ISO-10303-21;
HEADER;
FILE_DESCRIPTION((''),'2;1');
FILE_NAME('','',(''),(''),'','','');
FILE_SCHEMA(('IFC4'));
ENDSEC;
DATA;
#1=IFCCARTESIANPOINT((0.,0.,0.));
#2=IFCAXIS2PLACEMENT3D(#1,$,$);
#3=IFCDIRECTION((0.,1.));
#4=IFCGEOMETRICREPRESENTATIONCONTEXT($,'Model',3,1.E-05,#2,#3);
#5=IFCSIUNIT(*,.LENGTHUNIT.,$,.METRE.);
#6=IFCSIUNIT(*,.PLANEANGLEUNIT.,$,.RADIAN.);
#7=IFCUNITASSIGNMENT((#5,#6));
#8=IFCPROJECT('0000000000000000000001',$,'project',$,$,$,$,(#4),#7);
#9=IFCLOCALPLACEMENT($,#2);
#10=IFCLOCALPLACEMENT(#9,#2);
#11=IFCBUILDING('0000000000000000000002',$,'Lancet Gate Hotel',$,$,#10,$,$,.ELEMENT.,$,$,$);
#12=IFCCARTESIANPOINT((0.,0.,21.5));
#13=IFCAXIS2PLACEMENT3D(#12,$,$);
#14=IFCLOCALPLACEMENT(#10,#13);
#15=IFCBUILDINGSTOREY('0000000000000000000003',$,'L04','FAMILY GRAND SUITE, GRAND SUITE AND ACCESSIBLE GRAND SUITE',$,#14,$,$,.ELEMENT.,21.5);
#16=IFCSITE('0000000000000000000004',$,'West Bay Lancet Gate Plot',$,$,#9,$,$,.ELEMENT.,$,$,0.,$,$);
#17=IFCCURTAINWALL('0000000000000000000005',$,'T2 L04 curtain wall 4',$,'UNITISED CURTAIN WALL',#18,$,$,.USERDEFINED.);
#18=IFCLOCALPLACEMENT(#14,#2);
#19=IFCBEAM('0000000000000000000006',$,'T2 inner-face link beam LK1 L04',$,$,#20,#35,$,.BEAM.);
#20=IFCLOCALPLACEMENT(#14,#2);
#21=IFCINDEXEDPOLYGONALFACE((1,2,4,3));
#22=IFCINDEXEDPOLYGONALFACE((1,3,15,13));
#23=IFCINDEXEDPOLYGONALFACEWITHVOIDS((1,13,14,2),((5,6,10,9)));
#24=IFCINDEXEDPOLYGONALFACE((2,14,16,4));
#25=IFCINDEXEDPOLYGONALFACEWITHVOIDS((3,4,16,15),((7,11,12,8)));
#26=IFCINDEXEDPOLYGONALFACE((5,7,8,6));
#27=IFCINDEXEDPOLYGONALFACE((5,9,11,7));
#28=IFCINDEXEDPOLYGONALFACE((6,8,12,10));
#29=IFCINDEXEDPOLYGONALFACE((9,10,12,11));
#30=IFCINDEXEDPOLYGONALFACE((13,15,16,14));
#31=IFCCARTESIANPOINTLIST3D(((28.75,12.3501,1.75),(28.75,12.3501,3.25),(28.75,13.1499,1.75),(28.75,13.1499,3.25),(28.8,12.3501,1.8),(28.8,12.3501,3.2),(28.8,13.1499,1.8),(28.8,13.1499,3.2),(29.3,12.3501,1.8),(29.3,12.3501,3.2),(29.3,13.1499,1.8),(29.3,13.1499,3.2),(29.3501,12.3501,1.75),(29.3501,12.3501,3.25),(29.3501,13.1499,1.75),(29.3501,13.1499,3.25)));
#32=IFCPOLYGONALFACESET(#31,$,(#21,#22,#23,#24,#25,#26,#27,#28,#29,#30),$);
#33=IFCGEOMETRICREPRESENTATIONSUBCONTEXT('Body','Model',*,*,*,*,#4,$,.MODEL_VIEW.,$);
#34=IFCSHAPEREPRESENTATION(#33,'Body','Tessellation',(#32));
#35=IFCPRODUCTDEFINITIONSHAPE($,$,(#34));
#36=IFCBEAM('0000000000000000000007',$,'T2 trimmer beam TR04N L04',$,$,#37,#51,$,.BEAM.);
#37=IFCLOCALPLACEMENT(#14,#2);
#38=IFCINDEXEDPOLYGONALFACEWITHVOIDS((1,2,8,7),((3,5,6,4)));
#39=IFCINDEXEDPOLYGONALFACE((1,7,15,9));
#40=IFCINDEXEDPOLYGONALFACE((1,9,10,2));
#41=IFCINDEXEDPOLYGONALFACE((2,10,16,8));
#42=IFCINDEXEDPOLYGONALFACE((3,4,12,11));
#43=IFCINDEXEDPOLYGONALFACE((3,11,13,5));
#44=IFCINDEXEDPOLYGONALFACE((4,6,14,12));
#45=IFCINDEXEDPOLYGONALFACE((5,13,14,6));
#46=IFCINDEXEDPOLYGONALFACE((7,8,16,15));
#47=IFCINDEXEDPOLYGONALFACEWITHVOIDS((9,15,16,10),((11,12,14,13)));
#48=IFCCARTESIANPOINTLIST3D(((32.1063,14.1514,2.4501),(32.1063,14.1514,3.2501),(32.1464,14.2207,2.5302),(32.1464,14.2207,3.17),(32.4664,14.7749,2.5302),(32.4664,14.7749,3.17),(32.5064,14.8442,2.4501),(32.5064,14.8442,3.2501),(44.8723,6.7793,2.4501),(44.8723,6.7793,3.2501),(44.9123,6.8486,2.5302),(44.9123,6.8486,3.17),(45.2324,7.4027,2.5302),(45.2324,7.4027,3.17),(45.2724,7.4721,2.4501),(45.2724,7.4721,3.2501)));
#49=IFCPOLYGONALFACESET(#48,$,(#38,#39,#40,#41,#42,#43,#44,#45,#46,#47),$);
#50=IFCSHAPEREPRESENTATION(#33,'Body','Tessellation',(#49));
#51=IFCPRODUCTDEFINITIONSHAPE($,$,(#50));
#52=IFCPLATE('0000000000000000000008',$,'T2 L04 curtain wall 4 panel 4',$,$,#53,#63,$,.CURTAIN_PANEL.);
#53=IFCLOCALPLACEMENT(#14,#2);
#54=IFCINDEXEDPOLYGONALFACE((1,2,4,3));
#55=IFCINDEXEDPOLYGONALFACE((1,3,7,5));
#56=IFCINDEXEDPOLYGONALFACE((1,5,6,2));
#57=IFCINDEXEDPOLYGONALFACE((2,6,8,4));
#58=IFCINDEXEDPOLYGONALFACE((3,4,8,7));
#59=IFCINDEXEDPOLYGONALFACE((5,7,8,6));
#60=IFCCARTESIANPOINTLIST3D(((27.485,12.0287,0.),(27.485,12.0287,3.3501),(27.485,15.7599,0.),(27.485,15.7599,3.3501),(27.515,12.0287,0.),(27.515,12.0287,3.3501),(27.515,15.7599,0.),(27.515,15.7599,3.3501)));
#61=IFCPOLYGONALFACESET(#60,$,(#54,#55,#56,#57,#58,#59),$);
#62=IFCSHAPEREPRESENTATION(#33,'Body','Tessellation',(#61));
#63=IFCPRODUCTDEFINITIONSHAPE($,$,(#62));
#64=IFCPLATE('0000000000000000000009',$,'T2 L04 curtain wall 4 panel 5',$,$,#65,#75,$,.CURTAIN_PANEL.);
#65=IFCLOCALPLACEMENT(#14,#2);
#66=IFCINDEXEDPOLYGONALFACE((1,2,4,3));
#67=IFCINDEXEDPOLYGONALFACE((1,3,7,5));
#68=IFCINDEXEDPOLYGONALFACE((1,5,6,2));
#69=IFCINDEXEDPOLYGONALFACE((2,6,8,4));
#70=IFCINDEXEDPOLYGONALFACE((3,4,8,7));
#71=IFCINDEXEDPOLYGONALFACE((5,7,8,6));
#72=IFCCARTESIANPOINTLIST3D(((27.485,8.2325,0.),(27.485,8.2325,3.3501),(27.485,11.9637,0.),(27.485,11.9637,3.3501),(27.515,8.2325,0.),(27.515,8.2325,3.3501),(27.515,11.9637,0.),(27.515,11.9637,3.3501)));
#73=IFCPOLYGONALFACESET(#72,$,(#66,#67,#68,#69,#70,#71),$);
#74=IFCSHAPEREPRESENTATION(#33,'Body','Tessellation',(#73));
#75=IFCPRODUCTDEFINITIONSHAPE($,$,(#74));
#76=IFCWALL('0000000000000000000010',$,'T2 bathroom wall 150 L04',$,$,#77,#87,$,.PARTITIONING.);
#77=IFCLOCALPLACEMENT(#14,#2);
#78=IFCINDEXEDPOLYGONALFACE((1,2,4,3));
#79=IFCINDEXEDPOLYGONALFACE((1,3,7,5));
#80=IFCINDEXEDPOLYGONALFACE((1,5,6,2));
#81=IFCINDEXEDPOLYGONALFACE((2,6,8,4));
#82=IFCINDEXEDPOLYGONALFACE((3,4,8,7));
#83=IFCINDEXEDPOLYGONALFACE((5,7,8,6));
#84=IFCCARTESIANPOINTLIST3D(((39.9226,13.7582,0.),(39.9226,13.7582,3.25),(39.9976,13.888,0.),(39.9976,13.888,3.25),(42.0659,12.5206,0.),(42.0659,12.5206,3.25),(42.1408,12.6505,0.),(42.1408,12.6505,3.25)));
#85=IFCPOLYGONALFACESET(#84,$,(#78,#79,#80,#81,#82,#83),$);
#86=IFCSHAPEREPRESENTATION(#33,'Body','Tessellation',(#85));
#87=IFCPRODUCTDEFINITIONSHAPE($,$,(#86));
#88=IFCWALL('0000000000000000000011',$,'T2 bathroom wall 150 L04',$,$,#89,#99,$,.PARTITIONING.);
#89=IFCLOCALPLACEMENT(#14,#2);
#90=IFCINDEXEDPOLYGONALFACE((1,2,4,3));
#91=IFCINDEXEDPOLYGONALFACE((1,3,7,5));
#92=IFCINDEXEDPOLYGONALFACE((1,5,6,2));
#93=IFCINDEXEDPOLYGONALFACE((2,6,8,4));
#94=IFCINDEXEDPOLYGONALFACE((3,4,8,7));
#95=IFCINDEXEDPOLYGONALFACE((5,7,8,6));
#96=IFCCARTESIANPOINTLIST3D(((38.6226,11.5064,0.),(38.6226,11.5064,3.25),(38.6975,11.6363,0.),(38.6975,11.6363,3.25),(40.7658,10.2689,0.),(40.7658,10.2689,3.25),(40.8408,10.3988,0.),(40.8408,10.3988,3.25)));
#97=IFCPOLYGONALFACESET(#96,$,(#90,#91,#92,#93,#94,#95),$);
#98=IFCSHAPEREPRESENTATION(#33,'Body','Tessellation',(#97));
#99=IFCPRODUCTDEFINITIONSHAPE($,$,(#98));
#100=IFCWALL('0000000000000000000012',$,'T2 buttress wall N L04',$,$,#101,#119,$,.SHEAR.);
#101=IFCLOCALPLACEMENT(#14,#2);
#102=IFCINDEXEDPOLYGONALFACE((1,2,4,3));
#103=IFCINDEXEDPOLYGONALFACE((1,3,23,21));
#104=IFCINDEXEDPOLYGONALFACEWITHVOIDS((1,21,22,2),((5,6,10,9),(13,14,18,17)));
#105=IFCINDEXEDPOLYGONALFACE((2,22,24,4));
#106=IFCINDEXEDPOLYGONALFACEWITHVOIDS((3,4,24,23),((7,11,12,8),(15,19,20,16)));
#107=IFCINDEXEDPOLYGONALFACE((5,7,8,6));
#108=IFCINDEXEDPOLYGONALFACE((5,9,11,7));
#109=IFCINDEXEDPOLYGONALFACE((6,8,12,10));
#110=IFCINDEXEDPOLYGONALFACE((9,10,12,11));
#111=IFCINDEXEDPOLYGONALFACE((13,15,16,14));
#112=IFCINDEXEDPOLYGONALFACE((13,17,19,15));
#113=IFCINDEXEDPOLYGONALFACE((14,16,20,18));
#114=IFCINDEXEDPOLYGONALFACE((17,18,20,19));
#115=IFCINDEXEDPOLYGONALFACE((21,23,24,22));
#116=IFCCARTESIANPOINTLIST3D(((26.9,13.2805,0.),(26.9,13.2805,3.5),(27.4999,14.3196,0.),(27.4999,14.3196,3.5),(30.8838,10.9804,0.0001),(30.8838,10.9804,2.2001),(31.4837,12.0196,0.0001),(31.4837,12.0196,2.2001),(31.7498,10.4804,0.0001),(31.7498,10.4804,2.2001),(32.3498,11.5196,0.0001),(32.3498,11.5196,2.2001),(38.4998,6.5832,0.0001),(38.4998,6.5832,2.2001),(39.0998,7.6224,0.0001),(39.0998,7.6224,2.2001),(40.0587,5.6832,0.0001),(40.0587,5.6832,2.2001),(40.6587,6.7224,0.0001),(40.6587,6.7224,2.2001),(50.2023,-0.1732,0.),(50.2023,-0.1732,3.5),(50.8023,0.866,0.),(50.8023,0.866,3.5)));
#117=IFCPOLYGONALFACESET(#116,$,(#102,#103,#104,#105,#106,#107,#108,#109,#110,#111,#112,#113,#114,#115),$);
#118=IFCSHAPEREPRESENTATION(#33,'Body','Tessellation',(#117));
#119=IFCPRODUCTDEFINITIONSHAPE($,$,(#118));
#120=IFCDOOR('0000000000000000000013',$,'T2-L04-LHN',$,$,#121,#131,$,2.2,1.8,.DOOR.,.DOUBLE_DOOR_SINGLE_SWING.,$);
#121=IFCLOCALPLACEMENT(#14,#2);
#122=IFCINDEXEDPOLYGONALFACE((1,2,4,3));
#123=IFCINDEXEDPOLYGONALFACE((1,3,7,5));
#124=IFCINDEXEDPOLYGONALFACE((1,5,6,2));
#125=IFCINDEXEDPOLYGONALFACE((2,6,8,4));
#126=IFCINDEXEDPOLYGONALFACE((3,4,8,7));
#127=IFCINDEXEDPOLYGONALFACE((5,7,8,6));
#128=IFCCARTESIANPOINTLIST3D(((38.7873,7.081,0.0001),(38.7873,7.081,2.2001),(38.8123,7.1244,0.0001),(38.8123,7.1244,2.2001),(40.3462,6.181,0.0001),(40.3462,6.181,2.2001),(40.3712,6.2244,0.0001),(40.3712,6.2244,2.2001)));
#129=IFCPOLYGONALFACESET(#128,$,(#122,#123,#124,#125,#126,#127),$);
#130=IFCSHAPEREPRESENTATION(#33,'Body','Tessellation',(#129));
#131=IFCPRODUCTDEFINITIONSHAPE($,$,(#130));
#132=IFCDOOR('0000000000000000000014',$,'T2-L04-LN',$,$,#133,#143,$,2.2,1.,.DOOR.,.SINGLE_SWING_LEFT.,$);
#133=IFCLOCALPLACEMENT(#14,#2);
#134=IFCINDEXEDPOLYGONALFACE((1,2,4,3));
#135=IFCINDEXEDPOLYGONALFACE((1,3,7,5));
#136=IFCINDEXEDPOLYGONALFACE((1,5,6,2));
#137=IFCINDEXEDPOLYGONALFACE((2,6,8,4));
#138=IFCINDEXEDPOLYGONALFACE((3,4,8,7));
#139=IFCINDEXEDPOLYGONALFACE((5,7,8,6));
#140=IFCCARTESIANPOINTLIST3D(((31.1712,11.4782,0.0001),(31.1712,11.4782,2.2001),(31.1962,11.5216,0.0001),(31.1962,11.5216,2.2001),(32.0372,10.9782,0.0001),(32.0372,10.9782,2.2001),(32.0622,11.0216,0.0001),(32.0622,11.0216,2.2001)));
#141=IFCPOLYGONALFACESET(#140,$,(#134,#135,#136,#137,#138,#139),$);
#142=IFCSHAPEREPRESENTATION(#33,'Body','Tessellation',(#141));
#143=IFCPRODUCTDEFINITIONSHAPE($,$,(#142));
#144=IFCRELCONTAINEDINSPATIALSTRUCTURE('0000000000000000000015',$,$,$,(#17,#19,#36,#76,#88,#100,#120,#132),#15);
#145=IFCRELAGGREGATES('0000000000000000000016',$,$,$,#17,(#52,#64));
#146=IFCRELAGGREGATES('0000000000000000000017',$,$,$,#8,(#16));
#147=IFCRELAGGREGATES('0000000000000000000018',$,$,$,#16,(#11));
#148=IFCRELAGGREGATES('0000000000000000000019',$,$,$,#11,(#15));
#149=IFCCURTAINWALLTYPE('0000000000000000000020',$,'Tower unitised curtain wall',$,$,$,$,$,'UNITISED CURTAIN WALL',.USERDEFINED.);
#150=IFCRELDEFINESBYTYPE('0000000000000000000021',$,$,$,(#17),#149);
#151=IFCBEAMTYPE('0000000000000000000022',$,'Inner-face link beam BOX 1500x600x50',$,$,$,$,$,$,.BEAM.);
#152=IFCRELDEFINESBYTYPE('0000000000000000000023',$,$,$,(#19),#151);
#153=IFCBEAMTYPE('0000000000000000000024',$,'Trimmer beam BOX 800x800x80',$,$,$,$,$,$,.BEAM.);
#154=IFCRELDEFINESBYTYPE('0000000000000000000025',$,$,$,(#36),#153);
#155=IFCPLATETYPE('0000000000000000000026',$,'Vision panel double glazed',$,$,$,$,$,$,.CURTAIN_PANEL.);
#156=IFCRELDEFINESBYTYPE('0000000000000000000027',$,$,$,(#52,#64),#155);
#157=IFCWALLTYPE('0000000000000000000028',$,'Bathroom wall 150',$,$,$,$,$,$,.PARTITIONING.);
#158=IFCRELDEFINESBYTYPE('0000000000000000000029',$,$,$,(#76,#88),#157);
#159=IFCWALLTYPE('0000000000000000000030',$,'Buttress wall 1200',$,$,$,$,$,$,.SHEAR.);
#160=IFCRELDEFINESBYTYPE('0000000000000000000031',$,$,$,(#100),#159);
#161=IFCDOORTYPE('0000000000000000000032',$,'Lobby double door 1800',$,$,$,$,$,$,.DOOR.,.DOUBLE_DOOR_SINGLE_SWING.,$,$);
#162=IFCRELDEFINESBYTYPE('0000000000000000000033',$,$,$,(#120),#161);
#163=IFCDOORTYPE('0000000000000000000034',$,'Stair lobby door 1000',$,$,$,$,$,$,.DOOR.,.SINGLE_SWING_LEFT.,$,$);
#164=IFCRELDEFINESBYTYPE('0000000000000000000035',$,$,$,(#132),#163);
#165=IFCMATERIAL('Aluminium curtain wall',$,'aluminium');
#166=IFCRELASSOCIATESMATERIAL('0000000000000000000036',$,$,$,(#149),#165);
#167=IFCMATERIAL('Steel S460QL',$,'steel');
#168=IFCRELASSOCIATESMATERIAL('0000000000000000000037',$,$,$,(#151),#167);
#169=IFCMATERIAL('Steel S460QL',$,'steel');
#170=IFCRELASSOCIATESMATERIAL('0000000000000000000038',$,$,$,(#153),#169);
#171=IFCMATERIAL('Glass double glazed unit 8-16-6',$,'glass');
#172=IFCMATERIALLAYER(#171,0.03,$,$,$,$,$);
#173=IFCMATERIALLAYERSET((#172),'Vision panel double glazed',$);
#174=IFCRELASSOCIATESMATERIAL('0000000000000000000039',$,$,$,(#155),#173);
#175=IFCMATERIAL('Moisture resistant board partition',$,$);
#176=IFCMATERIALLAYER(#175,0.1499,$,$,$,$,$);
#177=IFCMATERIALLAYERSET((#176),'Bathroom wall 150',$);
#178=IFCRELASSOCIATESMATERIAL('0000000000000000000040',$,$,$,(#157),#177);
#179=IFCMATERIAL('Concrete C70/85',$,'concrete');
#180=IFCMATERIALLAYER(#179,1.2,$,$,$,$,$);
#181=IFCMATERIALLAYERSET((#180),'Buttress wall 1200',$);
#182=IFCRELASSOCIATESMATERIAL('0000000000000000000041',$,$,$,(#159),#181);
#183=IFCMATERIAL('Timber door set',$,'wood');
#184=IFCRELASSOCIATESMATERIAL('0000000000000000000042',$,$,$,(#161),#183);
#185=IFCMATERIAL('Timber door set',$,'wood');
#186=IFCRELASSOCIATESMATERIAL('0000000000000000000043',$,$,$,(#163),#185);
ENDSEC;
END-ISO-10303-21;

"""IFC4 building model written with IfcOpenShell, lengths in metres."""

from ifc_helpers import new_model, si_unit, direction, frame, frame_2d, origin, origin_2d, place, context, subcontext, project, spatial, rectangle, hollow_rectangle, extrude, material, layer, layer_set, material_profile, profile_set, type_object, element, fill, aggregate, save


model = new_model("IFC4")

# Units and contexts
model_context = context("Model", 3, precision=1e-05, world=origin(), true_north=direction((0.0, 1.0)))
body_context = subcontext(model_context, "Body", "Model", "MODEL_VIEW")
ifc_project = project(units=[si_unit("LENGTHUNIT", "METRE"), si_unit("PLANEANGLEUNIT", "RADIAN")], contexts=[model_context])

# Site, building, storey
site_placement = place(None, origin())
site = spatial("IfcSite", under=ifc_project, at=site_placement, Name="West Bay Lancet Gate Plot", CompositionType="ELEMENT", RefElevation=0.0)
building_placement = place(site_placement, origin())
building = spatial("IfcBuilding", under=site, at=building_placement, Name="Lancet Gate Hotel", CompositionType="ELEMENT")
storey_placement = place(building_placement, frame((0.0, 0.0, 21.5)))
storey = spatial("IfcBuildingStorey", under=building, at=storey_placement, Name="L04", Description="FAMILY GRAND SUITE, GRAND SUITE AND ACCESSIBLE GRAND SUITE", CompositionType="ELEMENT", Elevation=21.5)

# Curtain wall
ifc_material_1 = material(Name="Aluminium curtain wall", Category="aluminium")
curtain_wall_type = type_object("IfcCurtainWallType", Name="Tower unitised curtain wall", ElementType="UNITISED CURTAIN WALL", PredefinedType="USERDEFINED", material=ifc_material_1)
curtain_wall_placement = place(storey_placement, origin())
curtain_wall = element("IfcCurtainWall", 1, at=curtain_wall_placement, inside=storey, type_object=curtain_wall_type, Name="T2 L04 curtain wall 4", ObjectType="UNITISED CURTAIN WALL", PredefinedType="USERDEFINED")

# Beams
ifc_material_2 = material(Name="Steel S460QL", Category="steel")
ifc_material_profile_1 = material_profile(ifc_material_2, hollow_rectangle(XDim=0.6001, YDim=1.5, WallThickness=0.05, at=origin_2d()), Name="BOX 1500x600x50")
ifc_profile_set_1 = profile_set([ifc_material_profile_1], Name="Steel S460QL")
beam_type_1 = type_object("IfcBeamType", Name="Inner-face link beam BOX 1500x600x50", PredefinedType="BEAM", material=ifc_profile_set_1)
beam_1_placement = place(storey_placement, frame((29.05, 12.3501, 2.5), z_axis=(0.0, 1.0, 0.0), x_axis=(-1.0, 0.0, 0.0)))
element("IfcBeam", 2, at=beam_1_placement, inside=storey, type_object=beam_type_1, Name="T2 inner-face link beam LK1 L04", PredefinedType="BEAM", context=body_context, shape_type="SweptSolid", body=[
    extrude(hollow_rectangle(XDim=0.6001, YDim=1.5, WallThickness=0.05, at=origin_2d()), origin(), (0.0, 0.0, 1.0), 0.7998),
])
ifc_material_3 = material(Name="Steel S460QL", Category="steel")
ifc_material_profile_2 = material_profile(ifc_material_3, hollow_rectangle(XDim=0.8, YDim=0.8, WallThickness=0.0801, at=origin_2d()), Name="BOX 800x800x80")
ifc_profile_set_2 = profile_set([ifc_material_profile_2], Name="Steel S460QL")
beam_type_2 = type_object("IfcBeamType", Name="Trimmer beam BOX 800x800x80", PredefinedType="BEAM", material=ifc_profile_set_2)
beam_2_placement = place(storey_placement, frame((32.3064, 14.4978, 2.8501), z_axis=(0.865976, -0.500086, 0.0), x_axis=(0.500086, 0.865976, 0.0)))
element("IfcBeam", 3, at=beam_2_placement, inside=storey, type_object=beam_type_2, Name="T2 trimmer beam TR04N L04", PredefinedType="BEAM", context=body_context, shape_type="SweptSolid", body=[
    extrude(hollow_rectangle(XDim=0.8, YDim=0.8, WallThickness=0.0801, at=origin_2d()), origin(), (0.0, 0.0, 1.0), 14.7417),
])

# Plates
ifc_material_4 = material(Name="Glass double glazed unit 8-16-6", Category="glass")
ifc_layer_1 = layer(ifc_material_4, 0.03)
ifc_layer_set_1 = layer_set([ifc_layer_1], Name="Vision panel double glazed")
plate_type = type_object("IfcPlateType", Name="Vision panel double glazed", PredefinedType="CURTAIN_PANEL", material=ifc_layer_set_1)
plate_1_placement = place(storey_placement, frame((27.5, 13.8943, 0.0), z_axis=(0.0, 0.0, 1.0), x_axis=(0.0, -1.0, 0.0)))
plate_1 = element("IfcPlate", 4, at=plate_1_placement, type_object=plate_type, Name="T2 L04 curtain wall 4 panel 4", PredefinedType="CURTAIN_PANEL", context=body_context, shape_type="SweptSolid", body=[
    extrude(rectangle(XDim=3.7312, YDim=0.03, at=origin_2d()), origin(), (0.0, 0.0, 1.0), 3.3501),
])
plate_2_placement = place(storey_placement, frame((27.5, 10.0981, 0.0), z_axis=(0.0, 0.0, 1.0), x_axis=(0.0, -1.0, 0.0)))
plate_2 = element("IfcPlate", 5, at=plate_2_placement, type_object=plate_type, Name="T2 L04 curtain wall 4 panel 5", PredefinedType="CURTAIN_PANEL", context=body_context, shape_type="SweptSolid", body=[
    extrude(rectangle(XDim=3.7312, YDim=0.03, at=origin_2d()), origin(), (0.0, 0.0, 1.0), 3.3501),
])
aggregate(curtain_wall, [plate_1, plate_2])

# Walls
ifc_material_5 = material(Name="Moisture resistant board partition")
ifc_layer_2 = layer(ifc_material_5, 0.1499)
ifc_layer_set_2 = layer_set([ifc_layer_2], Name="Bathroom wall 150")
wall_type_1 = type_object("IfcWallType", Name="Bathroom wall 150", PredefinedType="PARTITIONING", material=ifc_layer_set_2)
for number, where, z_axis, x_axis, name in (
    (6, (39.9602, 13.823, 0.0), (0.0, 0.0, 1.0), (0.866007, -0.500033, 0.0), "T2 bathroom wall 150 L04"),
    (7, (38.6602, 11.5713, 0.0), (0.0, 0.0, 1.0), (0.866007, -0.500033, 0.0), "T2 bathroom wall 150 L04"),
):
    element("IfcWall", number, at=place(storey_placement, frame(where, z_axis=z_axis, x_axis=x_axis)), inside=storey, type_object=wall_type_1, Name=name, PredefinedType="PARTITIONING", context=body_context, shape_type="SweptSolid", body=[
        extrude(rectangle(XDim=2.4749, YDim=0.1499, at=frame_2d((1.2373, 0.0))), origin(), (0.0, 0.0, 1.0), 3.25),
    ])

# Wall, openings, doors
ifc_material_6 = material(Name="Concrete C70/85", Category="concrete")
ifc_layer_3 = layer(ifc_material_6, 1.2)
ifc_layer_set_3 = layer_set([ifc_layer_3], Name="Buttress wall 1200")
wall_type_2 = type_object("IfcWallType", Name="Buttress wall 1200", PredefinedType="SHEAR", material=ifc_layer_set_3)
wall_1_placement = place(storey_placement, frame((27.2, 13.8, 0.0), z_axis=(0.0, 0.0, 1.0), x_axis=(0.866025, -0.500002, 0.0)))
wall_1 = element("IfcWall", 8, at=wall_1_placement, inside=storey, type_object=wall_type_2, Name="T2 buttress wall N L04", PredefinedType="SHEAR", context=body_context, shape_type="SweptSolid", body=[
    extrude(rectangle(XDim=26.9072, YDim=1.2, at=frame_2d((13.4536, 0.0))), origin(), (0.0, 0.0, 1.0), 3.5),
])
opening_1_placement = place(wall_1_placement, frame((4.6001, 0.0, 0.0)))
opening_1 = element("IfcOpeningElement", 9, at=opening_1_placement, cuts=wall_1, PredefinedType="OPENING", context=body_context, shape_type="SweptSolid", body=[
    extrude(rectangle(XDim=1.0, YDim=2.2, at=frame_2d((0.5, 1.1001))), frame((0.0, 0.6099, 0.0), z_axis=(0.0, -1.0, 0.0), x_axis=(1.0, 0.0, 0.0)), (0.0, 0.0, 1.0), 1.22),
])
opening_2_placement = place(wall_1_placement, frame((13.3945, 0.0, 0.0)))
opening_2 = element("IfcOpeningElement", 10, at=opening_2_placement, cuts=wall_1, PredefinedType="OPENING", context=body_context, shape_type="SweptSolid", body=[
    extrude(rectangle(XDim=1.8, YDim=2.2, at=frame_2d((0.8999, 1.1001))), frame((0.0, 0.6099, 0.0), z_axis=(0.0, -1.0, 0.0), x_axis=(1.0, 0.0, 0.0)), (0.0, 0.0, 1.0), 1.22),
])
ifc_material_7 = material(Name="Timber door set", Category="wood")
door_type_1 = type_object("IfcDoorType", Name="Lobby double door 1800", OperationType="DOUBLE_DOOR_SINGLE_SWING", PredefinedType="DOOR", material=ifc_material_7)
door_1_placement = place(opening_2_placement, origin())
door_1 = element("IfcDoor", 11, at=door_1_placement, inside=storey, type_object=door_type_1, Name="T2-L04-LHN", OperationType="DOUBLE_DOOR_SINGLE_SWING", OverallHeight=2.2, OverallWidth=1.8, PredefinedType="DOOR", context=body_context, shape_type="SweptSolid", body=[
    extrude(rectangle(XDim=1.8, YDim=2.2, at=frame_2d((0.8999, 1.1001))), frame((0.0, 0.0249, 0.0), z_axis=(0.0, -1.0, 0.0), x_axis=(1.0, 0.0, 0.0)), (0.0, 0.0, 1.0), 0.05),
])
fill(opening_2, door_1)
ifc_material_8 = material(Name="Timber door set", Category="wood")
door_type_2 = type_object("IfcDoorType", Name="Stair lobby door 1000", OperationType="SINGLE_SWING_LEFT", PredefinedType="DOOR", material=ifc_material_8)
door_2_placement = place(opening_1_placement, origin())
door_2 = element("IfcDoor", 12, at=door_2_placement, inside=storey, type_object=door_type_2, Name="T2-L04-LN", OperationType="SINGLE_SWING_LEFT", OverallHeight=2.2, OverallWidth=1.0, PredefinedType="DOOR", context=body_context, shape_type="SweptSolid", body=[
    extrude(rectangle(XDim=1.0, YDim=2.2, at=frame_2d((0.5, 1.1001))), frame((0.0, 0.0249, 0.0), z_axis=(0.0, -1.0, 0.0), x_axis=(1.0, 0.0, 0.0)), (0.0, 0.0, 1.0), 0.05),
])
fill(opening_1, door_2)

save(model, "model.ifc")
